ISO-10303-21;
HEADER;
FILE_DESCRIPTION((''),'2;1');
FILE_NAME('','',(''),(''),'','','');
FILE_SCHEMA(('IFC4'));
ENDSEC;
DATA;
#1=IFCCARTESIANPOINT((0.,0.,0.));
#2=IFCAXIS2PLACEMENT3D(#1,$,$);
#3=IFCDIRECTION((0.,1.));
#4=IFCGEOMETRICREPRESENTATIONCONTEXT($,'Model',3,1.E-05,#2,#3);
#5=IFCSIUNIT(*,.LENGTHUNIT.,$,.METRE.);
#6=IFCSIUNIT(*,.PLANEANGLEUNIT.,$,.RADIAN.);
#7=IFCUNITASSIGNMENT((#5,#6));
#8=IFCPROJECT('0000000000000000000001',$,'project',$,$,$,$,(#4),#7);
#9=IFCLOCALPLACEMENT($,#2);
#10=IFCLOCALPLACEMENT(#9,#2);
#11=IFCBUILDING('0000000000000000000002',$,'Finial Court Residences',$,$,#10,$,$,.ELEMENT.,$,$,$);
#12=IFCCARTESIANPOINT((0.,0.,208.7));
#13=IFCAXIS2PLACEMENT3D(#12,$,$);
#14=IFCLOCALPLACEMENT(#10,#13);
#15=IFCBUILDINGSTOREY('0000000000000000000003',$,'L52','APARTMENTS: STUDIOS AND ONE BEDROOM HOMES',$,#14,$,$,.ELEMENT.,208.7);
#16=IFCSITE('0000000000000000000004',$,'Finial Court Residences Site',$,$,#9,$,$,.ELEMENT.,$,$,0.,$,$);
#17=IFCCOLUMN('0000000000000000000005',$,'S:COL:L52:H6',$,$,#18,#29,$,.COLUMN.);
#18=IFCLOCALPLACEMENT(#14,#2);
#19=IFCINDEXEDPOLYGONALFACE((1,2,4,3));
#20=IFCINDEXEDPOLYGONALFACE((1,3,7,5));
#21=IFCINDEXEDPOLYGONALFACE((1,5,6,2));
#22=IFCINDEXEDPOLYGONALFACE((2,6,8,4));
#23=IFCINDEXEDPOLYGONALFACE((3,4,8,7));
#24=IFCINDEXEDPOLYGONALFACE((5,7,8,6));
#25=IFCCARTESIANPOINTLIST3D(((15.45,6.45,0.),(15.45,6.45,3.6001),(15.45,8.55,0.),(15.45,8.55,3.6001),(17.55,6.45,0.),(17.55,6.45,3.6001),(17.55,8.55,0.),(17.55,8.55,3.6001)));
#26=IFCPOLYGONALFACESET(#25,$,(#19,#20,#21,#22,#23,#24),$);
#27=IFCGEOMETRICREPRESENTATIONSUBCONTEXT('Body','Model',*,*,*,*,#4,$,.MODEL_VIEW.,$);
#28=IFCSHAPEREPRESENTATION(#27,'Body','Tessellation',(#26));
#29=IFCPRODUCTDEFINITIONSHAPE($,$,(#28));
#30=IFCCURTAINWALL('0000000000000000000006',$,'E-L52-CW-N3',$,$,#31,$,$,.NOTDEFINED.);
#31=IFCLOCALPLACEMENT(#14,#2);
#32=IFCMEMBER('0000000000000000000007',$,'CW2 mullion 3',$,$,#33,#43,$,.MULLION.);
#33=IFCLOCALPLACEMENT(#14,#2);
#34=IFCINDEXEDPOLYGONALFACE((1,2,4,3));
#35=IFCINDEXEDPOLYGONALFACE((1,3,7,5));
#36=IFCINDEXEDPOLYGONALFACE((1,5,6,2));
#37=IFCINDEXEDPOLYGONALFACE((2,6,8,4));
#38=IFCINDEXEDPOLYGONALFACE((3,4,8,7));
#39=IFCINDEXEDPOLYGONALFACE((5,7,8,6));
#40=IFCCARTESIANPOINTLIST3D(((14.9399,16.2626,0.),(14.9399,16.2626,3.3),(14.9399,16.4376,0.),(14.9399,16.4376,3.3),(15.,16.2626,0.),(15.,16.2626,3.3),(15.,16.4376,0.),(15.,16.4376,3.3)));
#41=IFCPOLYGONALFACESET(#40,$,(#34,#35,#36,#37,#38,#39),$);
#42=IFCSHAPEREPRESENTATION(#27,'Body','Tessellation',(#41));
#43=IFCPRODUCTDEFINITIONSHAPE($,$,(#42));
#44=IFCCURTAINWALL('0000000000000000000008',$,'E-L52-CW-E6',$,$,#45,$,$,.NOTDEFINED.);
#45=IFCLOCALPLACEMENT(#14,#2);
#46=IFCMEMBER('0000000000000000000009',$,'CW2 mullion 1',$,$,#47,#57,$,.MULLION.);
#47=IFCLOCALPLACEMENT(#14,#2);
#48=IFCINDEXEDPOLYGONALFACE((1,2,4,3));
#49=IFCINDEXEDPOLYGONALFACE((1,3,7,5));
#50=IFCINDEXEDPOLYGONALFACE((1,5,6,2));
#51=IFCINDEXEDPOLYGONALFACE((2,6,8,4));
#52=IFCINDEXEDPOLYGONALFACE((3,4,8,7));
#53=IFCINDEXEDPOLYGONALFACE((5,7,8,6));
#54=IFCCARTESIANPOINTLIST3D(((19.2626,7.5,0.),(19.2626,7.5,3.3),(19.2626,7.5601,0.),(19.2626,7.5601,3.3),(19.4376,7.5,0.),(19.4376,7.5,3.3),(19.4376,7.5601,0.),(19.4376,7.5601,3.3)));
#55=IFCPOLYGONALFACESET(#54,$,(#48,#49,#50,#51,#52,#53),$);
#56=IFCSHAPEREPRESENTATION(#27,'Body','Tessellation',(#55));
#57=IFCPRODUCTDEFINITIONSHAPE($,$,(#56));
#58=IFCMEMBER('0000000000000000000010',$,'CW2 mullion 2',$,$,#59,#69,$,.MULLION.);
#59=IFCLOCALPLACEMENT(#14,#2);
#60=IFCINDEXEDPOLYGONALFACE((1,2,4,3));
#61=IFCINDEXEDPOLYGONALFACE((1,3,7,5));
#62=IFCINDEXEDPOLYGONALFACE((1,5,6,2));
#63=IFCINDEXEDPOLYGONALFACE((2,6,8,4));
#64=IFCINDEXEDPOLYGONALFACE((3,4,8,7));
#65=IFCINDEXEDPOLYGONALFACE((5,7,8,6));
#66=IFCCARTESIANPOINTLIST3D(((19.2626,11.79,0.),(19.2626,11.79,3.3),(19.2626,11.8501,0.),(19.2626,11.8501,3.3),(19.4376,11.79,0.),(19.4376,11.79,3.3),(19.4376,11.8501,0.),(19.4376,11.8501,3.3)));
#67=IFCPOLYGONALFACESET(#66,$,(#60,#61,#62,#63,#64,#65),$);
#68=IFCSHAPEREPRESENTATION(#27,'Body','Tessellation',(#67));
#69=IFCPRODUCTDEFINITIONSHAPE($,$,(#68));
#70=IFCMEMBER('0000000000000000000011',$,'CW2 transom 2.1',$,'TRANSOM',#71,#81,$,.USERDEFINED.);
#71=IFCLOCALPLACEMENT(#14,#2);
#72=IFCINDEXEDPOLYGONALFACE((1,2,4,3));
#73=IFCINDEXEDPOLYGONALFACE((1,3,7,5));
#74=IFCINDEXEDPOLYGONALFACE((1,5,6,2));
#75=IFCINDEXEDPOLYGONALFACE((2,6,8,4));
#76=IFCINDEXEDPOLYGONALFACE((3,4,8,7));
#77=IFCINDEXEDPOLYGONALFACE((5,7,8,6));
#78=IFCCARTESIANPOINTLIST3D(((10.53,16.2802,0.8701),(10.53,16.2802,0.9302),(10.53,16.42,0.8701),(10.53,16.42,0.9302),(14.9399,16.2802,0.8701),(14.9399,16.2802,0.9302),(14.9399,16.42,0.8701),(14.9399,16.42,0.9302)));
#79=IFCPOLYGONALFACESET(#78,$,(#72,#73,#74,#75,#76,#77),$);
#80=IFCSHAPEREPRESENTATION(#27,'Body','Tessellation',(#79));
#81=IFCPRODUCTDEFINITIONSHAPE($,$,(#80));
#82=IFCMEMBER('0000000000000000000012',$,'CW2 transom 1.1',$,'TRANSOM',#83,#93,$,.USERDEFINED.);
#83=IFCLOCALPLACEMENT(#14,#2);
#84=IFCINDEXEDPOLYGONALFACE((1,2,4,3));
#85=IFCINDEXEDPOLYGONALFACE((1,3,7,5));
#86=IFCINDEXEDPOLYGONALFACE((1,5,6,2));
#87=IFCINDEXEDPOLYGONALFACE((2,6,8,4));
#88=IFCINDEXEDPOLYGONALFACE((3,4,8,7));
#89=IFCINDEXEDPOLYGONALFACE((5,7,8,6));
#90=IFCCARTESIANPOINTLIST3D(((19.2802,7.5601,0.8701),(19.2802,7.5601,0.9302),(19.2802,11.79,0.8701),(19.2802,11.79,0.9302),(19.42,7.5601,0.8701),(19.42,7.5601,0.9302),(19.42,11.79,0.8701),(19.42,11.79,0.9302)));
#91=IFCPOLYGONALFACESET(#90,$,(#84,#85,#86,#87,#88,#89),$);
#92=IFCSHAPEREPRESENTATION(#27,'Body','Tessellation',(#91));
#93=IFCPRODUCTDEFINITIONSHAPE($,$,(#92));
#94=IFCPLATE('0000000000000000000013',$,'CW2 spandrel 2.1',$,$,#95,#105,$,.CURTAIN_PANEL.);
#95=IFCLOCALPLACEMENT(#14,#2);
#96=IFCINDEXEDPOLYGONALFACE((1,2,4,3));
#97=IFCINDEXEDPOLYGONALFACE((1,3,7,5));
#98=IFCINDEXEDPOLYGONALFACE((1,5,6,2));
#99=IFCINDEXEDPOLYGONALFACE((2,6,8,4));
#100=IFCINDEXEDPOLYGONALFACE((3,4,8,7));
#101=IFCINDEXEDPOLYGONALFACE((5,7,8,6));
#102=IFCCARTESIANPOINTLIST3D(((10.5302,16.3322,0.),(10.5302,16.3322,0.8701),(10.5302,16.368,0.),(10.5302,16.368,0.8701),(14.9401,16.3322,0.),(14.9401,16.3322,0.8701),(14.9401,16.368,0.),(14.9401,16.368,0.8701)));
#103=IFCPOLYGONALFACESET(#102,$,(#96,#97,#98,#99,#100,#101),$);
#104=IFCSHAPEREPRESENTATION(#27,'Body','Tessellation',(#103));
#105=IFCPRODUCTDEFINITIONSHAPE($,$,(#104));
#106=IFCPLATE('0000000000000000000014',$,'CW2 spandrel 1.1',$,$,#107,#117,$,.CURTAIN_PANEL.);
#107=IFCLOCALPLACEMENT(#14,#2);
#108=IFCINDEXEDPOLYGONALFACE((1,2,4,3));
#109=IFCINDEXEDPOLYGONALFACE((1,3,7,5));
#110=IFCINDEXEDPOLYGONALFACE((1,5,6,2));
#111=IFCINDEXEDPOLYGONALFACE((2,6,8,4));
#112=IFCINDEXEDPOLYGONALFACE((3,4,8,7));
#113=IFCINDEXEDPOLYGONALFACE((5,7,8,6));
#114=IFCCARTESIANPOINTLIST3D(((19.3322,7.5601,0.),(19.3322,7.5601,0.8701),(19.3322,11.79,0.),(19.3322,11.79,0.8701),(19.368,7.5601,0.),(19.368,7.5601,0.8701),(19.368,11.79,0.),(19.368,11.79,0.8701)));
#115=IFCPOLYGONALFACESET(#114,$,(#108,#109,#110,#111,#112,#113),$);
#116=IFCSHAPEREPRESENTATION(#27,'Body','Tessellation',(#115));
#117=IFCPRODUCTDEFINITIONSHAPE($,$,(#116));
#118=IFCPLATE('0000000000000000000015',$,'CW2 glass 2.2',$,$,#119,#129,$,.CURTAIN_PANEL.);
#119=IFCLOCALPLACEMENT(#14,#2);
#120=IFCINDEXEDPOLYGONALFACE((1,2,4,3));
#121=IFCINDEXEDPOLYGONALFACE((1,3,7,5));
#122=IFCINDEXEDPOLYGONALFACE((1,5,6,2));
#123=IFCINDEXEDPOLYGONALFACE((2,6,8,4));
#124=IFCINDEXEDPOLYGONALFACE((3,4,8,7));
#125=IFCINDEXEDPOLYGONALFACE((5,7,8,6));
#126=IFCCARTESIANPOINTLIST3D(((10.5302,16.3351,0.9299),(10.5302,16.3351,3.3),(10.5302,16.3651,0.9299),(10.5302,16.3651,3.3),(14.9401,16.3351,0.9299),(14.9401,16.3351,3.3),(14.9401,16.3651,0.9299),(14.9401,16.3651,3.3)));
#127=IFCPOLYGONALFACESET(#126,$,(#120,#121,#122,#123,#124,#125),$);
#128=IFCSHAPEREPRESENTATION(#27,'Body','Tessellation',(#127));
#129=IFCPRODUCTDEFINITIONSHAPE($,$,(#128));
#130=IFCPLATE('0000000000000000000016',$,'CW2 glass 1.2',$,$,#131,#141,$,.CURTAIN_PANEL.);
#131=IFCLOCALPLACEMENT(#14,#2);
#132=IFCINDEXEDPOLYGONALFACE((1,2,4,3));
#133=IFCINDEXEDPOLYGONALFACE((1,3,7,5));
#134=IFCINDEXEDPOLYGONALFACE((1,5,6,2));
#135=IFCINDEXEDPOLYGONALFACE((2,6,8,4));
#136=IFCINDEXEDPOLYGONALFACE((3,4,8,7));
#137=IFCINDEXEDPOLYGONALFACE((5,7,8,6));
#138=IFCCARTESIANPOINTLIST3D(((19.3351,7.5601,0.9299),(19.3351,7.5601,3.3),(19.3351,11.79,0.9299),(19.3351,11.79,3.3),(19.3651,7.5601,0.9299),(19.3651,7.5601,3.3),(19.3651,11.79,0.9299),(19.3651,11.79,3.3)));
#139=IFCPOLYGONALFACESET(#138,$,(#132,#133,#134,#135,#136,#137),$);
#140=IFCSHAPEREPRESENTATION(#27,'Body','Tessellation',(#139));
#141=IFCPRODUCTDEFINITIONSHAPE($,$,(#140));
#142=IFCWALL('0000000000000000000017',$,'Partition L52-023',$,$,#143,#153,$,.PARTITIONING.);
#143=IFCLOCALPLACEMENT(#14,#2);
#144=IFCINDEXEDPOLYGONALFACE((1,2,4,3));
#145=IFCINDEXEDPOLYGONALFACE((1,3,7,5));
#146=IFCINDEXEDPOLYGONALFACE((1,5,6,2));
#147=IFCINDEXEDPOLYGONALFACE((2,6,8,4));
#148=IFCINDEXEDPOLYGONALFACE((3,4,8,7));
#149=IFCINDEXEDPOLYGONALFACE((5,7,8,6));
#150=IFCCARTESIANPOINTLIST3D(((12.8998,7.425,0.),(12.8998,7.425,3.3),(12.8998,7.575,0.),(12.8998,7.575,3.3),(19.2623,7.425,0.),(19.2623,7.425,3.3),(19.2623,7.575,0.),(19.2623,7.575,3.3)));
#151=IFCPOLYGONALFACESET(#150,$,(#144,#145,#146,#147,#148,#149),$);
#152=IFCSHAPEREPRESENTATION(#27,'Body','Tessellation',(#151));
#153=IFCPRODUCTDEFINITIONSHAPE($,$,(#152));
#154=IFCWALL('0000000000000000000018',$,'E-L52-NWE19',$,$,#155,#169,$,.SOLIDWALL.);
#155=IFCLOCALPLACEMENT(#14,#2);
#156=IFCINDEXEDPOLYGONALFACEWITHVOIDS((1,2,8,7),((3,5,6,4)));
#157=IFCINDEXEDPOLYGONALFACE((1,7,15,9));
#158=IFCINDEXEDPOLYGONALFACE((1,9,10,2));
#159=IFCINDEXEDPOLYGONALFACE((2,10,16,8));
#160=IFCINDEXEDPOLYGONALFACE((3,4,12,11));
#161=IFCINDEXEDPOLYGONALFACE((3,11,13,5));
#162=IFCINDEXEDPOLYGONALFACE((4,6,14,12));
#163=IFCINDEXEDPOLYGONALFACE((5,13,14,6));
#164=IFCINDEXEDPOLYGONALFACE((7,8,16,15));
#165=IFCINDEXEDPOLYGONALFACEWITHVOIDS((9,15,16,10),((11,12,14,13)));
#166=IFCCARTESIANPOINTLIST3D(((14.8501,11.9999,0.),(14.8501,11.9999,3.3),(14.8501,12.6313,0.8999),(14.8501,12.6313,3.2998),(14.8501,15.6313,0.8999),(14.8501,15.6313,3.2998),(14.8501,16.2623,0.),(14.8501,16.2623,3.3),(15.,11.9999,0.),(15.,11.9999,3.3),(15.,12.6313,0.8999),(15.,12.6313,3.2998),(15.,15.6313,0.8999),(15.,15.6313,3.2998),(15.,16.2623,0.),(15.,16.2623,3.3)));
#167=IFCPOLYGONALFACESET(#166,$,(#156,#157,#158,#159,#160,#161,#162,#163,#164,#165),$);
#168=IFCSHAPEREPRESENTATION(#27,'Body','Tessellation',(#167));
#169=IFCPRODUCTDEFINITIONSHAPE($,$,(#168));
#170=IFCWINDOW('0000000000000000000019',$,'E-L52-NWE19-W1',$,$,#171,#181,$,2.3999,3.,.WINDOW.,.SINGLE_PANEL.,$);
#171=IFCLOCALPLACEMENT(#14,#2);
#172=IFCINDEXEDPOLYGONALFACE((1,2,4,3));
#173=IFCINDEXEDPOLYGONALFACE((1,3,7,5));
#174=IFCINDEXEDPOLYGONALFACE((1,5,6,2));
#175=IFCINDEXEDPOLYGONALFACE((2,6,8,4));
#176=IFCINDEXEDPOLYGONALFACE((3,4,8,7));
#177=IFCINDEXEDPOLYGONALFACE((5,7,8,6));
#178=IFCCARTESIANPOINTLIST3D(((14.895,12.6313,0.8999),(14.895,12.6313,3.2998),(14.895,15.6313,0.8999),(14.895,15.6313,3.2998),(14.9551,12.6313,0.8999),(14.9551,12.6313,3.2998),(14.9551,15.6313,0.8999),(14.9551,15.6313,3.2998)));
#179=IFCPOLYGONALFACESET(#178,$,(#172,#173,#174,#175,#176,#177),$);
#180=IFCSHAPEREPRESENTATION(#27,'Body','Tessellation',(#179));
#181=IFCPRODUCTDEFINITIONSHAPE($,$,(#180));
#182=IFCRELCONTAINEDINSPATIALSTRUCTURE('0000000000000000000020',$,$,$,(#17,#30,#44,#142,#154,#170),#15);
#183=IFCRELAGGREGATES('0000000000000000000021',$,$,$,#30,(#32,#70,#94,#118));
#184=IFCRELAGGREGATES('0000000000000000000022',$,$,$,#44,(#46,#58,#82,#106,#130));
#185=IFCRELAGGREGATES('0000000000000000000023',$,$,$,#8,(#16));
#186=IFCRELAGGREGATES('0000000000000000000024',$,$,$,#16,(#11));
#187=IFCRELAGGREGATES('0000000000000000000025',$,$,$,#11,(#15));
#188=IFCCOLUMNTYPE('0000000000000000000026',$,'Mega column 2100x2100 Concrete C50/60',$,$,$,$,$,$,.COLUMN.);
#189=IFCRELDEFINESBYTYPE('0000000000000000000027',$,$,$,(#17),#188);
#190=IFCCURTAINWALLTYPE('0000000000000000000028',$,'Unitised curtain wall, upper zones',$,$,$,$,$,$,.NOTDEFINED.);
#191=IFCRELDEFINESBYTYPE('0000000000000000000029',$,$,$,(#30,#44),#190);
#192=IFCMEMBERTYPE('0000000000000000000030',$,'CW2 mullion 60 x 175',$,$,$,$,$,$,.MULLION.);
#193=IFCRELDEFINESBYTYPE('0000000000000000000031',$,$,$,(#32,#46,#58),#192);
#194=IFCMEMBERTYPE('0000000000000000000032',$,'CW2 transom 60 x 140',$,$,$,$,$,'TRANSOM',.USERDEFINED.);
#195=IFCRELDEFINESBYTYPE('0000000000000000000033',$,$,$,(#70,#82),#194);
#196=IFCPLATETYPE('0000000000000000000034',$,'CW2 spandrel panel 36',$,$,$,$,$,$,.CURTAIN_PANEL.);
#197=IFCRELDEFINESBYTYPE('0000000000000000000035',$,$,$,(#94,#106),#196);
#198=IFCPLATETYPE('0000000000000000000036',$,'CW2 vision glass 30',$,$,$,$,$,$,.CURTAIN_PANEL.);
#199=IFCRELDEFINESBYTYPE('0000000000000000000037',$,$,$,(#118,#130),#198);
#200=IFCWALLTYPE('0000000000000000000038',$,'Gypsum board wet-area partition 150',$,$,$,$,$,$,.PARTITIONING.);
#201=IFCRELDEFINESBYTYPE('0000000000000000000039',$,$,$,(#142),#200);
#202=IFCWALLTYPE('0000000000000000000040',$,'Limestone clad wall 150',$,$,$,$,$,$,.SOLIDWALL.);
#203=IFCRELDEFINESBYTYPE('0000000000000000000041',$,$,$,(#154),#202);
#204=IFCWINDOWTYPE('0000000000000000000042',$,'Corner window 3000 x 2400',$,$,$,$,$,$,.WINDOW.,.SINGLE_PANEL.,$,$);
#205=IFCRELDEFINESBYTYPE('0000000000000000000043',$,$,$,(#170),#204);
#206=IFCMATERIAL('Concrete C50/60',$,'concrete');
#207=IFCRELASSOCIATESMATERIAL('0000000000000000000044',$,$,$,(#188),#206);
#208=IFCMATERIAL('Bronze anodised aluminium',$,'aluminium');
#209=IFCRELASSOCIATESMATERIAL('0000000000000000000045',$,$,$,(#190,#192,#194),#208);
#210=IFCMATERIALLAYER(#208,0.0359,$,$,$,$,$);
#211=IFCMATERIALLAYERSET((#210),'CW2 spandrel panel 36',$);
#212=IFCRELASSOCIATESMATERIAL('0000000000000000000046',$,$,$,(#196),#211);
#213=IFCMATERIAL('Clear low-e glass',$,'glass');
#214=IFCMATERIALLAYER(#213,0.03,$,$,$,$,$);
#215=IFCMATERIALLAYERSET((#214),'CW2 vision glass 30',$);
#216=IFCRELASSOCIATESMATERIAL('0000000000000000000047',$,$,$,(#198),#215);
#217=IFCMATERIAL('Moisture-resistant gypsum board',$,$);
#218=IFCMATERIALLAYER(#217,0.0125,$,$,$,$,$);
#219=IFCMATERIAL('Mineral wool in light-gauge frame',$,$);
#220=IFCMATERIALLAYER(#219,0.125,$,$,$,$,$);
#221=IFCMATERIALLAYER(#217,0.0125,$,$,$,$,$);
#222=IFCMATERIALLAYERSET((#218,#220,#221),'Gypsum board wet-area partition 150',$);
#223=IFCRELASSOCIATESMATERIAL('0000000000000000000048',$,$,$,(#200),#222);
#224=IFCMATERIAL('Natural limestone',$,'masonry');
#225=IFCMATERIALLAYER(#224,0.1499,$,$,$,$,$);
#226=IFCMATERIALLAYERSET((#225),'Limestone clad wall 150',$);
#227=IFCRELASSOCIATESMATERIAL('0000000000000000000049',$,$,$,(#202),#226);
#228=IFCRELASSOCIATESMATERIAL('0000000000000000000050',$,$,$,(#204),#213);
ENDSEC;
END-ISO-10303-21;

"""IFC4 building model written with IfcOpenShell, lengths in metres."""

from ifc_helpers import new_model, si_unit, direction, frame, frame_2d, origin, origin_2d, place, context, subcontext, project, spatial, rectangle, extrude, material, layer, layer_set, material_profile, profile_set, type_object, element, fill, aggregate, save


model = new_model("IFC4")

# Units and contexts
model_context = context("Model", 3, precision=1e-05, world=origin(), true_north=direction((0.0, 1.0)))
body_context = subcontext(model_context, "Body", "Model", "MODEL_VIEW")
ifc_project = project(units=[si_unit("LENGTHUNIT", "METRE"), si_unit("PLANEANGLEUNIT", "RADIAN")], contexts=[model_context])

# Site, building, storey
site_placement = place(None, origin())
site = spatial("IfcSite", under=ifc_project, at=site_placement, Name="Finial Court Residences Site", CompositionType="ELEMENT", RefElevation=0.0)
building_placement = place(site_placement, origin())
building = spatial("IfcBuilding", under=site, at=building_placement, Name="Finial Court Residences", CompositionType="ELEMENT")
storey_placement = place(building_placement, frame((0.0, 0.0, 208.7)))
storey = spatial("IfcBuildingStorey", under=building, at=storey_placement, Name="L52", Description="APARTMENTS: STUDIOS AND ONE BEDROOM HOMES", CompositionType="ELEMENT", Elevation=208.7)

# Column
ifc_material_1 = material(Name="Concrete C50/60", Category="concrete")
ifc_material_profile_1 = material_profile(ifc_material_1, rectangle(XDim=2.1001, YDim=2.1001, at=origin_2d()), Name="2100x2100")
ifc_profile_set_1 = profile_set([ifc_material_profile_1], Name="Concrete C50/60")
column_type = type_object("IfcColumnType", Name="Mega column 2100x2100 Concrete C50/60", PredefinedType="COLUMN", material=ifc_profile_set_1)
column_placement = place(storey_placement, frame((16.5, 7.5, 0.0), z_axis=(0.0, 0.0, 1.0), x_axis=(1.0, 0.0, 0.0)))
element("IfcColumn", 1, at=column_placement, inside=storey, type_object=column_type, Name="S:COL:L52:H6", PredefinedType="COLUMN", context=body_context, shape_type="SweptSolid", body=[
    extrude(rectangle(XDim=2.1001, YDim=2.1001, at=origin_2d()), origin(), (0.0, 0.0, 1.0), 3.6001),
])

# Curtain wall, member
ifc_material_2 = material(Name="Bronze anodised aluminium", Category="aluminium")
curtain_wall_type = type_object("IfcCurtainWallType", Name="Unitised curtain wall, upper zones", PredefinedType="NOTDEFINED", material=ifc_material_2)
curtain_wall_1_placement = place(storey_placement, origin())
curtain_wall_1 = element("IfcCurtainWall", 2, at=curtain_wall_1_placement, inside=storey, type_object=curtain_wall_type, Name="E-L52-CW-N3", PredefinedType="NOTDEFINED")
ifc_material_profile_2 = material_profile(ifc_material_2, rectangle(XDim=0.175, YDim=0.0601, at=origin_2d()), Name="CW2 mullion 60 x 175")
ifc_profile_set_2 = profile_set([ifc_material_profile_2], Name="Bronze anodised aluminium")
member_type_1 = type_object("IfcMemberType", Name="CW2 mullion 60 x 175", PredefinedType="MULLION", material=ifc_profile_set_2)
member_1_placement = place(storey_placement, frame((14.97, 16.3501, 0.0), z_axis=(0.0, 0.0, 1.0), x_axis=(0.0, 1.0, 0.0)))
member_1 = element("IfcMember", 3, at=member_1_placement, type_object=member_type_1, Name="CW2 mullion 3", PredefinedType="MULLION", context=body_context, shape_type="SweptSolid", body=[
    extrude(rectangle(XDim=0.175, YDim=0.0601, at=origin_2d()), origin(), (0.0, 0.0, 1.0), 3.3),
])

# Curtain wall, members
curtain_wall_2_placement = place(storey_placement, origin())
curtain_wall_2 = element("IfcCurtainWall", 4, at=curtain_wall_2_placement, inside=storey, type_object=curtain_wall_type, Name="E-L52-CW-E6", PredefinedType="NOTDEFINED")
member_2_placement = place(storey_placement, frame((19.3501, 7.53, 0.0), z_axis=(0.0, 0.0, 1.0), x_axis=(-1.0, 0.0, 0.0)))
member_2 = element("IfcMember", 5, at=member_2_placement, type_object=member_type_1, Name="CW2 mullion 1", PredefinedType="MULLION", context=body_context, shape_type="SweptSolid", body=[
    extrude(rectangle(XDim=0.175, YDim=0.0601, at=origin_2d()), origin(), (0.0, 0.0, 1.0), 3.3),
])
member_3_placement = place(storey_placement, frame((19.3501, 11.8201, 0.0), z_axis=(0.0, 0.0, 1.0), x_axis=(-1.0, 0.0, 0.0)))
member_3 = element("IfcMember", 6, at=member_3_placement, type_object=member_type_1, Name="CW2 mullion 2", PredefinedType="MULLION", context=body_context, shape_type="SweptSolid", body=[
    extrude(rectangle(XDim=0.175, YDim=0.0601, at=origin_2d()), origin(), (0.0, 0.0, 1.0), 3.3),
])

# Members
ifc_material_profile_3 = material_profile(ifc_material_2, rectangle(XDim=0.1399, YDim=0.0601, at=origin_2d()), Name="CW2 transom 60 x 140")
ifc_profile_set_3 = profile_set([ifc_material_profile_3], Name="Bronze anodised aluminium")
member_type_2 = type_object("IfcMemberType", Name="CW2 transom 60 x 140", ElementType="TRANSOM", PredefinedType="USERDEFINED", material=ifc_profile_set_3)
member_4_placement = place(storey_placement, frame((10.53, 16.3501, 0.9001), z_axis=(1.0, 0.0, 0.0), x_axis=(0.0, 1.0, 0.0)))
member_4 = element("IfcMember", 7, at=member_4_placement, type_object=member_type_2, Name="CW2 transom 2.1", ObjectType="TRANSOM", PredefinedType="USERDEFINED", context=body_context, shape_type="SweptSolid", body=[
    extrude(rectangle(XDim=0.1399, YDim=0.0601, at=origin_2d()), origin(), (0.0, 0.0, 1.0), 4.4099),
])
member_5_placement = place(storey_placement, frame((19.3501, 7.5601, 0.9001), z_axis=(0.0, 1.0, 0.0), x_axis=(-1.0, 0.0, 0.0)))
member_5 = element("IfcMember", 8, at=member_5_placement, type_object=member_type_2, Name="CW2 transom 1.1", ObjectType="TRANSOM", PredefinedType="USERDEFINED", context=body_context, shape_type="SweptSolid", body=[
    extrude(rectangle(XDim=0.1399, YDim=0.0601, at=origin_2d()), origin(), (0.0, 0.0, 1.0), 4.23),
])

# Plates
ifc_layer_1 = layer(ifc_material_2, 0.0359)
ifc_layer_set_1 = layer_set([ifc_layer_1], Name="CW2 spandrel panel 36")
plate_type_1 = type_object("IfcPlateType", Name="CW2 spandrel panel 36", PredefinedType="CURTAIN_PANEL", material=ifc_layer_set_1)
plate_1_placement = place(storey_placement, frame((12.7351, 16.3501, 0.0), z_axis=(0.0, 0.0, 1.0), x_axis=(1.0, 0.0, 0.0)))
plate_1 = element("IfcPlate", 9, at=plate_1_placement, type_object=plate_type_1, Name="CW2 spandrel 2.1", PredefinedType="CURTAIN_PANEL", context=body_context, shape_type="SweptSolid", body=[
    extrude(rectangle(XDim=4.4099, YDim=0.0359, at=origin_2d()), origin(), (0.0, 0.0, 1.0), 0.8701),
])
plate_2_placement = place(storey_placement, frame((19.3501, 9.675, 0.0), z_axis=(0.0, 0.0, 1.0), x_axis=(0.0, 1.0, 0.0)))
plate_2 = element("IfcPlate", 10, at=plate_2_placement, type_object=plate_type_1, Name="CW2 spandrel 1.1", PredefinedType="CURTAIN_PANEL", context=body_context, shape_type="SweptSolid", body=[
    extrude(rectangle(XDim=4.23, YDim=0.0359, at=origin_2d()), origin(), (0.0, 0.0, 1.0), 0.8701),
])
ifc_material_3 = material(Name="Clear low-e glass", Category="glass")
ifc_layer_2 = layer(ifc_material_3, 0.03)
ifc_layer_set_2 = layer_set([ifc_layer_2], Name="CW2 vision glass 30")
plate_type_2 = type_object("IfcPlateType", Name="CW2 vision glass 30", PredefinedType="CURTAIN_PANEL", material=ifc_layer_set_2)
plate_3_placement = place(storey_placement, frame((12.7351, 16.3501, 0.9299), z_axis=(0.0, 0.0, 1.0), x_axis=(1.0, 0.0, 0.0)))
plate_3 = element("IfcPlate", 11, at=plate_3_placement, type_object=plate_type_2, Name="CW2 glass 2.2", PredefinedType="CURTAIN_PANEL", context=body_context, shape_type="SweptSolid", body=[
    extrude(rectangle(XDim=4.4099, YDim=0.03, at=origin_2d()), origin(), (0.0, 0.0, 1.0), 2.3701),
])
aggregate(curtain_wall_1, [member_1, member_4, plate_1, plate_3])
plate_4_placement = place(storey_placement, frame((19.3501, 9.675, 0.9299), z_axis=(0.0, 0.0, 1.0), x_axis=(0.0, 1.0, 0.0)))
plate_4 = element("IfcPlate", 12, at=plate_4_placement, type_object=plate_type_2, Name="CW2 glass 1.2", PredefinedType="CURTAIN_PANEL", context=body_context, shape_type="SweptSolid", body=[
    extrude(rectangle(XDim=4.23, YDim=0.03, at=origin_2d()), origin(), (0.0, 0.0, 1.0), 2.3701),
])
aggregate(curtain_wall_2, [member_2, member_3, member_5, plate_2, plate_4])

# Wall
ifc_material_4 = material(Name="Moisture-resistant gypsum board")
ifc_layer_3 = layer(ifc_material_4, 0.0125)
ifc_material_5 = material(Name="Mineral wool in light-gauge frame")
ifc_layer_4 = layer(ifc_material_5, 0.125)
ifc_layer_5 = layer(ifc_material_4, 0.0125)
ifc_layer_set_3 = layer_set([ifc_layer_3, ifc_layer_4, ifc_layer_5], Name="Gypsum board wet-area partition 150")
wall_type_1 = type_object("IfcWallType", Name="Gypsum board wet-area partition 150", PredefinedType="PARTITIONING", material=ifc_layer_set_3)
wall_1_placement = place(storey_placement, frame((12.8999, 7.5, 0.0), z_axis=(0.0, 0.0, 1.0), x_axis=(1.0, 0.0, 0.0)))
element("IfcWall", 13, at=wall_1_placement, inside=storey, type_object=wall_type_1, Name="Partition L52-023", PredefinedType="PARTITIONING", context=body_context, shape_type="SweptSolid", body=[
    extrude(rectangle(XDim=6.3625, YDim=0.1499, at=frame_2d((3.1812, 0.0))), origin(), (0.0, 0.0, 1.0), 3.3),
])

# Wall, opening, window
ifc_material_6 = material(Name="Natural limestone", Category="masonry")
ifc_layer_6 = layer(ifc_material_6, 0.1499)
ifc_layer_set_4 = layer_set([ifc_layer_6], Name="Limestone clad wall 150")
wall_type_2 = type_object("IfcWallType", Name="Limestone clad wall 150", PredefinedType="SOLIDWALL", material=ifc_layer_set_4)
wall_2_placement = place(storey_placement, frame((14.925, 16.2625, 0.0), z_axis=(0.0, 0.0, 1.0), x_axis=(0.0, -1.0, 0.0)))
wall_2 = element("IfcWall", 14, at=wall_2_placement, inside=storey, type_object=wall_type_2, Name="E-L52-NWE19", PredefinedType="SOLIDWALL", context=body_context, shape_type="SweptSolid", body=[
    extrude(rectangle(XDim=4.2625, YDim=0.1499, at=frame_2d((2.1313, 0.0))), origin(), (0.0, 0.0, 1.0), 3.3),
])
opening_1_placement = place(wall_2_placement, frame((0.6311, 0.0, 0.8999)))
opening_1 = element("IfcOpeningElement", 15, at=opening_1_placement, cuts=wall_2, PredefinedType="OPENING", context=body_context, shape_type="SweptSolid", body=[
    extrude(rectangle(XDim=3.0, YDim=2.3999, at=frame_2d((1.5, 1.2))), frame((0.0, 0.085, 0.0), z_axis=(0.0, -1.0, 0.0), x_axis=(1.0, 0.0, 0.0)), (0.0, 0.0, 1.0), 0.1699),
])
window_type = type_object("IfcWindowType", Name="Corner window 3000 x 2400", PartitioningType="SINGLE_PANEL", PredefinedType="WINDOW", material=ifc_material_3)
window_1_placement = place(opening_1_placement, origin())
window_1 = element("IfcWindow", 16, at=window_1_placement, inside=storey, type_object=window_type, Name="E-L52-NWE19-W1", OverallHeight=2.3999, OverallWidth=3.0, PartitioningType="SINGLE_PANEL", PredefinedType="WINDOW", context=body_context, shape_type="SweptSolid", body=[
    extrude(rectangle(XDim=3.0, YDim=2.3999, at=frame_2d((1.5, 1.2))), frame((0.0, 0.03, 0.0), z_axis=(0.0, -1.0, 0.0), x_axis=(1.0, 0.0, 0.0)), (0.0, 0.0, 1.0), 0.0601),
])
fill(opening_1, window_1)

save(model, "model.ifc")
